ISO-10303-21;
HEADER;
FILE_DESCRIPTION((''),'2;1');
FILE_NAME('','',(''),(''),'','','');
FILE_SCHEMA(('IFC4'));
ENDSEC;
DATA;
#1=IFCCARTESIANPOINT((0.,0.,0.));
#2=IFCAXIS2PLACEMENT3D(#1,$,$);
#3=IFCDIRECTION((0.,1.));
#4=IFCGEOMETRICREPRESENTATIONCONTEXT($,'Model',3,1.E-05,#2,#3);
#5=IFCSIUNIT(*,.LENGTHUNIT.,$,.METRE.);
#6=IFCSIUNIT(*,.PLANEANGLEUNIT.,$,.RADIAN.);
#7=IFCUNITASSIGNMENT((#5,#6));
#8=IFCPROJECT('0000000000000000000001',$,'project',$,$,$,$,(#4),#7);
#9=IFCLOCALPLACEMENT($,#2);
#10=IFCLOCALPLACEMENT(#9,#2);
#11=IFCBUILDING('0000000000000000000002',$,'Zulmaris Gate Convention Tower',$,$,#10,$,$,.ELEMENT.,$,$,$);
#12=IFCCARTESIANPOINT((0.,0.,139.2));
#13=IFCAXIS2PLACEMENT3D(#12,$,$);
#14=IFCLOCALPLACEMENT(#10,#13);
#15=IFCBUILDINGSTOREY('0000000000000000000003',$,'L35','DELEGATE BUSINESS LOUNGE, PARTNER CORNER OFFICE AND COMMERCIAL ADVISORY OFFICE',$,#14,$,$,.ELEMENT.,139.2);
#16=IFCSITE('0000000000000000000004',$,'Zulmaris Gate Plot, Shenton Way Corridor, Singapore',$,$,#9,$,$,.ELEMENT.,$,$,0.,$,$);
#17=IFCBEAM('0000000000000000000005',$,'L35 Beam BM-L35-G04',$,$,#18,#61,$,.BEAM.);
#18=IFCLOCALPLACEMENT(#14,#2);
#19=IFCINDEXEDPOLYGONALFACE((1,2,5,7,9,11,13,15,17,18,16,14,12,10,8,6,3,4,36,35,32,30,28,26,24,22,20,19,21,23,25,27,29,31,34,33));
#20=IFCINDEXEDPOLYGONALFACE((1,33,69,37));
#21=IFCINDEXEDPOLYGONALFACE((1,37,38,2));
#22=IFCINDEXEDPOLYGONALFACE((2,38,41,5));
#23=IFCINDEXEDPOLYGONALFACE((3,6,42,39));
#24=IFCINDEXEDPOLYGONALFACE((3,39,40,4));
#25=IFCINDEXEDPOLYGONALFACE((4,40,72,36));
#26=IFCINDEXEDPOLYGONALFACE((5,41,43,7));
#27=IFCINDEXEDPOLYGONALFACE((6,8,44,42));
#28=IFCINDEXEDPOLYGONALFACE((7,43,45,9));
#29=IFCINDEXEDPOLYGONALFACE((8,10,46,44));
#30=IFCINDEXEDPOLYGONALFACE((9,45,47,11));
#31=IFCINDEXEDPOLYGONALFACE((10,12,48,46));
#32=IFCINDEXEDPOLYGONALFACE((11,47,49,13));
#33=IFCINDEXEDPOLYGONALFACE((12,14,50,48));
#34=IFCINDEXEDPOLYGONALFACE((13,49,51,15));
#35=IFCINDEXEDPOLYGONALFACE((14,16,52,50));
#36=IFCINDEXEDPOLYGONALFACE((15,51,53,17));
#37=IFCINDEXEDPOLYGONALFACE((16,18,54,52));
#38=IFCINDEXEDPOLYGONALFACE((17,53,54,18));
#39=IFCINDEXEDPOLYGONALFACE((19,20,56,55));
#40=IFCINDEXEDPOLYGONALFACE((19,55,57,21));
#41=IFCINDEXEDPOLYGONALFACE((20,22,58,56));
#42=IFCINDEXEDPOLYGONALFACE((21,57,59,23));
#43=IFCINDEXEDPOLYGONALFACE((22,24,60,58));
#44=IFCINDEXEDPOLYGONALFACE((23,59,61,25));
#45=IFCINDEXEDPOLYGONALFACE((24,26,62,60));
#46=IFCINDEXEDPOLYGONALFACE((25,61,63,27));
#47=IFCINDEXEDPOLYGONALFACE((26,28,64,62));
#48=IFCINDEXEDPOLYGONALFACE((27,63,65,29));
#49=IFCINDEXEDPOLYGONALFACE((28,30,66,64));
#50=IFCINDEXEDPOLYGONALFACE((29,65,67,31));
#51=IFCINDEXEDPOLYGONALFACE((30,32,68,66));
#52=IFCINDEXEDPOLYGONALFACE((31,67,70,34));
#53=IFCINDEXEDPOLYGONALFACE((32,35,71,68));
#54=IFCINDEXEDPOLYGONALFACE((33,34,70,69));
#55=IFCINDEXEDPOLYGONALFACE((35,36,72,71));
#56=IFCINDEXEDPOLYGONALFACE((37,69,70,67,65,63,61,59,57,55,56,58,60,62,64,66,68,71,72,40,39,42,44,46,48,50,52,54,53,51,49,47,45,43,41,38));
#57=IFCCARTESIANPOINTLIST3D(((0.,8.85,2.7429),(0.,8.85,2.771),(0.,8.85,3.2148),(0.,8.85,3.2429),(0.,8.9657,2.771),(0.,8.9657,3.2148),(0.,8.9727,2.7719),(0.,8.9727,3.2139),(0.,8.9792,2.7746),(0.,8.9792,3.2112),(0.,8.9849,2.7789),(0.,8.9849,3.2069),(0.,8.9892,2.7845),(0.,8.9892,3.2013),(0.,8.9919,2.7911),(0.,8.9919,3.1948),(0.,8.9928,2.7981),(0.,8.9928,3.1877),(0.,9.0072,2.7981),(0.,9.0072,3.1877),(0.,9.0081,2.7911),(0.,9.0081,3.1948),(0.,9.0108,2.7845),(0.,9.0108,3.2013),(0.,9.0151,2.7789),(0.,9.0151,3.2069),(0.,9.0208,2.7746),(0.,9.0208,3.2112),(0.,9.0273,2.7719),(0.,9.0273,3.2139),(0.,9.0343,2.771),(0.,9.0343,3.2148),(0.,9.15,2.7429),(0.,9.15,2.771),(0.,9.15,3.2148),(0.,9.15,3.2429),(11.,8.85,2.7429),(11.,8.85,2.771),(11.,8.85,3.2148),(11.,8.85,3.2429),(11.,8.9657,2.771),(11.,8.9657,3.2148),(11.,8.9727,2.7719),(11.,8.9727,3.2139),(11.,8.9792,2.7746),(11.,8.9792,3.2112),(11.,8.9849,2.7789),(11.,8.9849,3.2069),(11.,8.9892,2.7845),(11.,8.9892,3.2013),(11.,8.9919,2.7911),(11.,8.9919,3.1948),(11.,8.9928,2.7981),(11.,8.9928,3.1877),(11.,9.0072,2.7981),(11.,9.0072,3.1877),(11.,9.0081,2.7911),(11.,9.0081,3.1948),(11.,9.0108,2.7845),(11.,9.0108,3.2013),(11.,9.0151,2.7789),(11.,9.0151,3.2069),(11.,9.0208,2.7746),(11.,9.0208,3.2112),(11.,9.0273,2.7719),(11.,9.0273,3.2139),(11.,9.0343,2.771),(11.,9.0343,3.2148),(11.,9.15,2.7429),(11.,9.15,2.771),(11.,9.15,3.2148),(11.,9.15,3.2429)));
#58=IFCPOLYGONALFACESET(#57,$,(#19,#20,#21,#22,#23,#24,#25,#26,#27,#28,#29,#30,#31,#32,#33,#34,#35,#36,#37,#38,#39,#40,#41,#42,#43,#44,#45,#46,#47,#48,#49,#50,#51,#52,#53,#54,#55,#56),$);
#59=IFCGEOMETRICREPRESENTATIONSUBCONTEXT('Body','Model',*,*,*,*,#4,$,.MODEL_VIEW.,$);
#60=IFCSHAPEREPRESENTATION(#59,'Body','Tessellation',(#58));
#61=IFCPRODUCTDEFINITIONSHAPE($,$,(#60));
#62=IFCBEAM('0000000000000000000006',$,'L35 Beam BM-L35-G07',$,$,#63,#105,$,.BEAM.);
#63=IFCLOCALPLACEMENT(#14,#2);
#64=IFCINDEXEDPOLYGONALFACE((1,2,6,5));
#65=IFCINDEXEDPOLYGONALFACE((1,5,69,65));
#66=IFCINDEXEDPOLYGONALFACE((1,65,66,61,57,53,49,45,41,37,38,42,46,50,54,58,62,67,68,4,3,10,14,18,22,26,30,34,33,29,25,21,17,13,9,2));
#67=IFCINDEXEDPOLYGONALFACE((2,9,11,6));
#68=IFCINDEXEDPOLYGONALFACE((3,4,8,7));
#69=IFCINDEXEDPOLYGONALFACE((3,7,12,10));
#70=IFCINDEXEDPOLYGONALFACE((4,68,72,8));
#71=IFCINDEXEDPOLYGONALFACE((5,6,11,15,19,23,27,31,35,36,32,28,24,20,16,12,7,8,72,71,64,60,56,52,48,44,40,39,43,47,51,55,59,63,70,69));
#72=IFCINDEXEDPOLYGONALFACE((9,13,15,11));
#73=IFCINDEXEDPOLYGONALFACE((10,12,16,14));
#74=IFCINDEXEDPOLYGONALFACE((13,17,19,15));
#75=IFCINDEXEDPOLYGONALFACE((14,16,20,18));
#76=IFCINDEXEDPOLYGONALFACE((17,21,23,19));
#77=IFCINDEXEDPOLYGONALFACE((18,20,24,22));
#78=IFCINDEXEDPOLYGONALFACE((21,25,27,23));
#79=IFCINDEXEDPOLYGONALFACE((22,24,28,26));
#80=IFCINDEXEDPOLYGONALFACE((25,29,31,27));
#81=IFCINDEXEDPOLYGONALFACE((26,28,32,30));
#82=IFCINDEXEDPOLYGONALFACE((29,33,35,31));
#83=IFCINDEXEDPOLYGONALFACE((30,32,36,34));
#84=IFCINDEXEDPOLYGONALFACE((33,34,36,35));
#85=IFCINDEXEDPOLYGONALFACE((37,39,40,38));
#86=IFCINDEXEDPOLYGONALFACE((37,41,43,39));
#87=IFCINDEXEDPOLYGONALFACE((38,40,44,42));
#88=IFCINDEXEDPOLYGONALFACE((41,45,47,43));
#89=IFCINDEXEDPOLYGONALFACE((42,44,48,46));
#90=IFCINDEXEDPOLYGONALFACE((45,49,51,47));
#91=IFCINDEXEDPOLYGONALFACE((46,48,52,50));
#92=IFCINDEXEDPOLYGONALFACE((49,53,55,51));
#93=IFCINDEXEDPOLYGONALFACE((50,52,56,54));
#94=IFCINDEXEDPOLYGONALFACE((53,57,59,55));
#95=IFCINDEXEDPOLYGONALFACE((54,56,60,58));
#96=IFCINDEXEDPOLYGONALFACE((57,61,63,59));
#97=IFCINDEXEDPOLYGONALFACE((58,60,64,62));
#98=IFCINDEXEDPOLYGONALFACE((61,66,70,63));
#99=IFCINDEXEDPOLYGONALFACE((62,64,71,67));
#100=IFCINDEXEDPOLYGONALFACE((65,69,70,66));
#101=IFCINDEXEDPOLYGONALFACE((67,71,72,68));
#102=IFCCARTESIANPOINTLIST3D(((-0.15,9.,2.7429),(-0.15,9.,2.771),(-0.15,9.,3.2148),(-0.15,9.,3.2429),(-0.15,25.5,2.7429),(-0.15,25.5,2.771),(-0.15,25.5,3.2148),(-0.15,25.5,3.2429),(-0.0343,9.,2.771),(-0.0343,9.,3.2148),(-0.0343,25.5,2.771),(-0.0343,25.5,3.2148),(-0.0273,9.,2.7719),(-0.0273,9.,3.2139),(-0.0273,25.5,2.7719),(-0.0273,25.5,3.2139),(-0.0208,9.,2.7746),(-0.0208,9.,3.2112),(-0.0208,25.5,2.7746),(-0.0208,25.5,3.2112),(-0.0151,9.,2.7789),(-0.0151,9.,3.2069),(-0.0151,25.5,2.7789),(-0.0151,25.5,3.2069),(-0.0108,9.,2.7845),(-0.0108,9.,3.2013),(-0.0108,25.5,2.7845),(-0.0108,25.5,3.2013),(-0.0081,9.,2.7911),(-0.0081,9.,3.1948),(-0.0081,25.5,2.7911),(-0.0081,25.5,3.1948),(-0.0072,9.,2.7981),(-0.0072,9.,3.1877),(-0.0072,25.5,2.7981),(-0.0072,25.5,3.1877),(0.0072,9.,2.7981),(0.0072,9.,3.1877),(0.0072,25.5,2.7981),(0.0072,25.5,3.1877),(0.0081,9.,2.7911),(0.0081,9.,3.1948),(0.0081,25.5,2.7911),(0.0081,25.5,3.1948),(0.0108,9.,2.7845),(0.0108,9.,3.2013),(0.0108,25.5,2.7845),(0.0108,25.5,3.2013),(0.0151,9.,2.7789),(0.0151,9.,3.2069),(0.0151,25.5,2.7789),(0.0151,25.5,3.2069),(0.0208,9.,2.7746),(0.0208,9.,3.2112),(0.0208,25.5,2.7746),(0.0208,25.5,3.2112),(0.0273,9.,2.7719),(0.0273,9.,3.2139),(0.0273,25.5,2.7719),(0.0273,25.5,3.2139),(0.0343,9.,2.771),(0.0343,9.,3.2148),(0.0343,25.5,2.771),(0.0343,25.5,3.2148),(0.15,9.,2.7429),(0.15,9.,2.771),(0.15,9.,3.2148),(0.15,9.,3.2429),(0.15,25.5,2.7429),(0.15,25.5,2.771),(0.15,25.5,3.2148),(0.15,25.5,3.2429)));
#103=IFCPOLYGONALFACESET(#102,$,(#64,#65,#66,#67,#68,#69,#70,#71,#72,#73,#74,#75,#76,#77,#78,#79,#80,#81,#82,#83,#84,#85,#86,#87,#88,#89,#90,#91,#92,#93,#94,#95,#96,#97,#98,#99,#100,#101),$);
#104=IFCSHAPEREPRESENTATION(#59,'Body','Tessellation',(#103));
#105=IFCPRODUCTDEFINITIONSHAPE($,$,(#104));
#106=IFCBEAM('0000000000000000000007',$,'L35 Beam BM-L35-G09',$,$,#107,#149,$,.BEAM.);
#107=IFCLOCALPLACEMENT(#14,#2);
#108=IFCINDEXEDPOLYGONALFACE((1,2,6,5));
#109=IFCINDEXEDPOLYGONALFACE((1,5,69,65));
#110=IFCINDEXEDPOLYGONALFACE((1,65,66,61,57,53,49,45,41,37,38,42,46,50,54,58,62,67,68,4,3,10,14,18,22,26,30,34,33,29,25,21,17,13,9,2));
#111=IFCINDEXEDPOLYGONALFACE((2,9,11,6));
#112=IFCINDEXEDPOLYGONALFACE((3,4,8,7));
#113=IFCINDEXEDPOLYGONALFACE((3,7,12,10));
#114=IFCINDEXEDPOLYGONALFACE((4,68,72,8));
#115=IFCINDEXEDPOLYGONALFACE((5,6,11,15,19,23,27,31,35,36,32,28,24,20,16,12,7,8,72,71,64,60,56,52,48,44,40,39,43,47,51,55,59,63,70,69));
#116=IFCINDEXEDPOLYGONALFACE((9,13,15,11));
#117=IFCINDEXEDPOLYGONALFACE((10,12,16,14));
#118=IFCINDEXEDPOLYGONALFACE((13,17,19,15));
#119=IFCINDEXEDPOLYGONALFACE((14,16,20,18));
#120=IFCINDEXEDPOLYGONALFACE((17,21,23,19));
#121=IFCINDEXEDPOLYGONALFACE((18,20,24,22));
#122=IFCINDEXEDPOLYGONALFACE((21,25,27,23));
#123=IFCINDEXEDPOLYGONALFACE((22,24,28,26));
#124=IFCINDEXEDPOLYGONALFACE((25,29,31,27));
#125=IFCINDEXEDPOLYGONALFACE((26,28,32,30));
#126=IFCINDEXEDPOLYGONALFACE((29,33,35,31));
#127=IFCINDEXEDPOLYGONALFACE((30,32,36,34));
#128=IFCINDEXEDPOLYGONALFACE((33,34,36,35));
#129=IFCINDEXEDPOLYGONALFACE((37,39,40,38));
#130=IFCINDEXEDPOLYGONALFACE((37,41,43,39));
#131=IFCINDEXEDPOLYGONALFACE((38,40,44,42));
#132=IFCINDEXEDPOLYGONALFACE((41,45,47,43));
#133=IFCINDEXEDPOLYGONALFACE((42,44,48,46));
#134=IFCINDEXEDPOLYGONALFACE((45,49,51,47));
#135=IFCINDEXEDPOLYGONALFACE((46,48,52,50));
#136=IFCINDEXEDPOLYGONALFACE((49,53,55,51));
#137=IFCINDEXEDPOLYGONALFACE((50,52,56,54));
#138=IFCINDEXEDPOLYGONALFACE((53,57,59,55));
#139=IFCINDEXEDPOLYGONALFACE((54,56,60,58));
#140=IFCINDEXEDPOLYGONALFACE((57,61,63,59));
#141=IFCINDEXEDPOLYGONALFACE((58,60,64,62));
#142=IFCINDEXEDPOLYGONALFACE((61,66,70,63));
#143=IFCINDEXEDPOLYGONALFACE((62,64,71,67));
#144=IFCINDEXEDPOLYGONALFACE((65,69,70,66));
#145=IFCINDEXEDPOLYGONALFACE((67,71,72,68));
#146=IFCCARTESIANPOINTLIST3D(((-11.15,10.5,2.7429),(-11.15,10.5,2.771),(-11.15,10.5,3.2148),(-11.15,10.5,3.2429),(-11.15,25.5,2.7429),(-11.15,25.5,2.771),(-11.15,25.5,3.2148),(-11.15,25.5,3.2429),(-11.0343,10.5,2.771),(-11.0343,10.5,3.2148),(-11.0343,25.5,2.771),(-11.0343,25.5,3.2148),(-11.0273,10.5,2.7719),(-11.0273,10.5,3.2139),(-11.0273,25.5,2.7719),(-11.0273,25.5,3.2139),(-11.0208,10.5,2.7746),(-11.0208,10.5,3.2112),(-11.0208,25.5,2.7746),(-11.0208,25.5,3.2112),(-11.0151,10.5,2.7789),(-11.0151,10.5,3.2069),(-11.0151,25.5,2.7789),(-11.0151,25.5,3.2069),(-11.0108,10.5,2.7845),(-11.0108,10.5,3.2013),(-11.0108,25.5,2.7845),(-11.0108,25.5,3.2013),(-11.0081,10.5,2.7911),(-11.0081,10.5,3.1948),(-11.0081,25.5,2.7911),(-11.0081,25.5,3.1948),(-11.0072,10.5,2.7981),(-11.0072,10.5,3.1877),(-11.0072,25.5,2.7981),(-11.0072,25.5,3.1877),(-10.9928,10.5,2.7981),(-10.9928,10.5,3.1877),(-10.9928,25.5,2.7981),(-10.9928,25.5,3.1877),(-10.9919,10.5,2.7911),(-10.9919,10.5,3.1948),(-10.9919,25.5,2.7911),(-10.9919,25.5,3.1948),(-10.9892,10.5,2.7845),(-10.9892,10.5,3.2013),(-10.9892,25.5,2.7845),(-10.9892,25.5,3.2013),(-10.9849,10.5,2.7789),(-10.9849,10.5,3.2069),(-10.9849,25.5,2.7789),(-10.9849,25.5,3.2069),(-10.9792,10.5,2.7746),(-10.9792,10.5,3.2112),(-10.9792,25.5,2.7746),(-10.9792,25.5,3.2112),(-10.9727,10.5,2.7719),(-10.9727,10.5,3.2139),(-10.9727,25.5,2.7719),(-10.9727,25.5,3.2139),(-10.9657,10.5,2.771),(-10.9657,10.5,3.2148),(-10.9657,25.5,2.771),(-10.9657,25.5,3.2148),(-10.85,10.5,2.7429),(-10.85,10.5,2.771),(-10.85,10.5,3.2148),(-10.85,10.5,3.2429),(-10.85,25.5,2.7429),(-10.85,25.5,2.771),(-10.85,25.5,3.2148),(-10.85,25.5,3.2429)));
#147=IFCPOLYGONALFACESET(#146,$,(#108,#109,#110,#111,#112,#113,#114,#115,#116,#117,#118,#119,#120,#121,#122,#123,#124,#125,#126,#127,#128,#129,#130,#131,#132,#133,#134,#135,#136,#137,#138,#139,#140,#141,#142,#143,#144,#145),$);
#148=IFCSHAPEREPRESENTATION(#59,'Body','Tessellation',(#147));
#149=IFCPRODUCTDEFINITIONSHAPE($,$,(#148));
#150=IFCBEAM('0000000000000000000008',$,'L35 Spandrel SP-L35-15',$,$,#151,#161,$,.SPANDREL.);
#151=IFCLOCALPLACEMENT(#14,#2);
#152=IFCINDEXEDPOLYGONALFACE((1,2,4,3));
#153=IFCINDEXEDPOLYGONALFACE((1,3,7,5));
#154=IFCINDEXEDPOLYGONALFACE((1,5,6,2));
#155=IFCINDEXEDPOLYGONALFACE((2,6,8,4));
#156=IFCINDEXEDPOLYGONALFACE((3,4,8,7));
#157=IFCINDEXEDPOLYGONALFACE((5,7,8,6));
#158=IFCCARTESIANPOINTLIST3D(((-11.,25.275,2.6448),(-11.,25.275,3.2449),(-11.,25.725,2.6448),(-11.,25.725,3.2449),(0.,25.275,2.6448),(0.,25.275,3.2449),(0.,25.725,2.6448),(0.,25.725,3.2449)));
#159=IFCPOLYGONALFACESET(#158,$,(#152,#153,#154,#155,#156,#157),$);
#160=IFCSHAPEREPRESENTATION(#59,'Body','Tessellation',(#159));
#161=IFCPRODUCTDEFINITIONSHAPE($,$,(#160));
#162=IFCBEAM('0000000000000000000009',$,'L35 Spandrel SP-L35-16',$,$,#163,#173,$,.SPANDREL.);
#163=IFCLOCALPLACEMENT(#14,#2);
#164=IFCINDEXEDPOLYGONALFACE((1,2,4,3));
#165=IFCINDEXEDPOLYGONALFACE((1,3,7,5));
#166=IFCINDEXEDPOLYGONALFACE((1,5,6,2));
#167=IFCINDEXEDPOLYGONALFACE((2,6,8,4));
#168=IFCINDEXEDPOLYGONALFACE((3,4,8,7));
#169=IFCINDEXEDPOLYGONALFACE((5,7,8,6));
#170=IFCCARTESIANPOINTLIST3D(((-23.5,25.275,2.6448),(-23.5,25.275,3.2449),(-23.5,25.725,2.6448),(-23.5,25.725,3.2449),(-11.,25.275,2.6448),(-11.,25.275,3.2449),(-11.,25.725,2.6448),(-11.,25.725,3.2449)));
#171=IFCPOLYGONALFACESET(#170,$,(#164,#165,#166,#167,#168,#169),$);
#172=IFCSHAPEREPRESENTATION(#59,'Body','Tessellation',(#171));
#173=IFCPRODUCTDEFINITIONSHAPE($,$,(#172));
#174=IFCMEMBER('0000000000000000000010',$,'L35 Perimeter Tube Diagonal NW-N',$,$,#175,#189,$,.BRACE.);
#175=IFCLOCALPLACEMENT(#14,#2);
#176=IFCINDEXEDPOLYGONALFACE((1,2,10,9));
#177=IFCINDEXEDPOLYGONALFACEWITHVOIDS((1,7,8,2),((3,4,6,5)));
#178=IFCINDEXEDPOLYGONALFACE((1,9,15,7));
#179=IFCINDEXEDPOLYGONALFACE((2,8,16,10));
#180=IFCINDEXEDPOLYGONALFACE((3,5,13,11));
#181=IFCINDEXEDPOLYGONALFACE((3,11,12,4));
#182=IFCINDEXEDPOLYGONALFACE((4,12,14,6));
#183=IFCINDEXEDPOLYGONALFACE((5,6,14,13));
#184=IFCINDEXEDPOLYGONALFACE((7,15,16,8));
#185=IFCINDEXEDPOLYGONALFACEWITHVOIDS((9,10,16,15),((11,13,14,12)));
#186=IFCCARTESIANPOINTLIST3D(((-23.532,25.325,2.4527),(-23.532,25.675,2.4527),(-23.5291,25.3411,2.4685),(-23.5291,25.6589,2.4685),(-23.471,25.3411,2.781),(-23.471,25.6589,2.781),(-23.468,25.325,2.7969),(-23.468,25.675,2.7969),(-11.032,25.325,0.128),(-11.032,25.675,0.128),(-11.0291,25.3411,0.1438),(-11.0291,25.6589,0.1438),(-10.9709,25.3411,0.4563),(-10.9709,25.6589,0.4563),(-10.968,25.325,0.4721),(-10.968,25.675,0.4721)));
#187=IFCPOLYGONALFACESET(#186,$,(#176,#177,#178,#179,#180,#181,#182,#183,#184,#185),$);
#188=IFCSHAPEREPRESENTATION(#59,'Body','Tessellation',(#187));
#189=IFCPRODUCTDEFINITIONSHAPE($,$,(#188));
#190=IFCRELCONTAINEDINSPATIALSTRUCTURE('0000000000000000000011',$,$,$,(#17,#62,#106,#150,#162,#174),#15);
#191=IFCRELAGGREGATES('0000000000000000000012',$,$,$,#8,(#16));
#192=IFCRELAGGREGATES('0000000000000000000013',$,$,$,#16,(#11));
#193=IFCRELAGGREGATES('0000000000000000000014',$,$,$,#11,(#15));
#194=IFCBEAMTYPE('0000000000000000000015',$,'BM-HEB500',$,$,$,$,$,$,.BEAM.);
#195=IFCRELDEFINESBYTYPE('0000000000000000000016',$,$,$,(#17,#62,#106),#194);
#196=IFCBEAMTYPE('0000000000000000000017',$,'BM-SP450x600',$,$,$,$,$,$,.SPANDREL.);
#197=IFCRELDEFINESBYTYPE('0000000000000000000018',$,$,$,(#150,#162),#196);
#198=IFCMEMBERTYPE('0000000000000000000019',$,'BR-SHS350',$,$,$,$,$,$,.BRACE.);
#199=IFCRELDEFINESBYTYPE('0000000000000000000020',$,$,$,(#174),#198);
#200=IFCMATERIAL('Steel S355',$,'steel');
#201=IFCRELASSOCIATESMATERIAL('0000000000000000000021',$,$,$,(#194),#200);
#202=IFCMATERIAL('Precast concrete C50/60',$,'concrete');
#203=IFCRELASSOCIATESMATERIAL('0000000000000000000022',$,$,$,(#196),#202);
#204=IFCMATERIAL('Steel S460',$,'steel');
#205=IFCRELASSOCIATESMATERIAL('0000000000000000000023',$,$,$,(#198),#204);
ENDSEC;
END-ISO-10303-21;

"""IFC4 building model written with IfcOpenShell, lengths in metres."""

from ifc_helpers import new_model, si_unit, direction, frame, origin, origin_2d, place, context, subcontext, project, spatial, rectangle, hollow_rectangle, i_section, extrude, material, material_profile, profile_set, type_object, element, save


model = new_model("IFC4")

# Units and contexts
model_context = context("Model", 3, precision=1e-05, world=origin(), true_north=direction((0.0, 1.0)))
body_context = subcontext(model_context, "Body", "Model", "MODEL_VIEW")
ifc_project = project(units=[si_unit("LENGTHUNIT", "METRE"), si_unit("PLANEANGLEUNIT", "RADIAN")], contexts=[model_context])

# Site, building, storey
site_placement = place(None, origin())
site = spatial("IfcSite", under=ifc_project, at=site_placement, Name="Zulmaris Gate Plot, Shenton Way Corridor, Singapore", CompositionType="ELEMENT", RefElevation=0.0)
building_placement = place(site_placement, origin())
building = spatial("IfcBuilding", under=site, at=building_placement, Name="Zulmaris Gate Convention Tower", CompositionType="ELEMENT")
storey_placement = place(building_placement, frame((0.0, 0.0, 139.2)))
storey = spatial("IfcBuildingStorey", under=building, at=storey_placement, Name="L35", Description="DELEGATE BUSINESS LOUNGE, PARTNER CORNER OFFICE AND COMMERCIAL ADVISORY OFFICE", CompositionType="ELEMENT", Elevation=139.2)

# Beams
ifc_material_1 = material(Name="Steel S355", Category="steel")
ifc_material_profile_1 = material_profile(ifc_material_1, i_section(OverallWidth=0.3, OverallDepth=0.5, WebThickness=0.0144, FlangeThickness=0.0281, FilletRadius=0.0271, at=origin_2d()), Name="HEB 500")
ifc_profile_set_1 = profile_set([ifc_material_profile_1], Name="Steel S355")
beam_type_1 = type_object("IfcBeamType", Name="BM-HEB500", PredefinedType="BEAM", material=ifc_profile_set_1)
for number, where, z_axis, x_axis, name in (
    (1, (0.0, 9.0, 2.9929), (1.0, 0.0, 0.0), (0.0, 1.0, 0.0), "L35 Beam BM-L35-G04"),
):
    element("IfcBeam", number, at=place(storey_placement, frame(where, z_axis=z_axis, x_axis=x_axis)), inside=storey, type_object=beam_type_1, Name=name, PredefinedType="BEAM", context=body_context, shape_type="SweptSolid", body=[
        extrude(i_section(OverallWidth=0.3, OverallDepth=0.5, WebThickness=0.0144, FlangeThickness=0.0281, FilletRadius=0.0271, at=origin_2d()), origin(), (0.0, 0.0, 1.0), 11.0),
    ])
beam_1_placement = place(storey_placement, frame((0.0, 9.0, 2.9929), z_axis=(0.0, 1.0, 0.0), x_axis=(-1.0, 0.0, 0.0)))
element("IfcBeam", 2, at=beam_1_placement, inside=storey, type_object=beam_type_1, Name="L35 Beam BM-L35-G07", PredefinedType="BEAM", context=body_context, shape_type="SweptSolid", body=[
    extrude(i_section(OverallWidth=0.3, OverallDepth=0.5, WebThickness=0.0144, FlangeThickness=0.0281, FilletRadius=0.0271, at=origin_2d()), origin(), (0.0, 0.0, 1.0), 16.5),
])
beam_2_placement = place(storey_placement, frame((-11.0, 10.5, 2.9929), z_axis=(0.0, 1.0, 0.0), x_axis=(-1.0, 0.0, 0.0)))
element("IfcBeam", 3, at=beam_2_placement, inside=storey, type_object=beam_type_1, Name="L35 Beam BM-L35-G09", PredefinedType="BEAM", context=body_context, shape_type="SweptSolid", body=[
    extrude(i_section(OverallWidth=0.3, OverallDepth=0.5, WebThickness=0.0144, FlangeThickness=0.0281, FilletRadius=0.0271, at=origin_2d()), origin(), (0.0, 0.0, 1.0), 15.0),
])
ifc_material_2 = material(Name="Precast concrete C50/60", Category="concrete")
ifc_material_profile_2 = material_profile(ifc_material_2, rectangle(XDim=0.45, YDim=0.6001, at=origin_2d()), Name="RC SPANDREL 450x600")
ifc_profile_set_2 = profile_set([ifc_material_profile_2], Name="Precast concrete C50/60")
beam_type_2 = type_object("IfcBeamType", Name="BM-SP450x600", PredefinedType="SPANDREL", material=ifc_profile_set_2)
beam_3_placement = place(storey_placement, frame((0.0, 25.5, 2.9448), z_axis=(-1.0, 0.0, 0.0), x_axis=(0.0, -1.0, 0.0)))
element("IfcBeam", 4, at=beam_3_placement, inside=storey, type_object=beam_type_2, Name="L35 Spandrel SP-L35-15", PredefinedType="SPANDREL", context=body_context, shape_type="SweptSolid", body=[
    extrude(rectangle(XDim=0.45, YDim=0.6001, at=origin_2d()), origin(), (0.0, 0.0, 1.0), 11.0),
])
beam_4_placement = place(storey_placement, frame((-11.0, 25.5, 2.9448), z_axis=(-1.0, 0.0, 0.0), x_axis=(0.0, -1.0, 0.0)))
element("IfcBeam", 5, at=beam_4_placement, inside=storey, type_object=beam_type_2, Name="L35 Spandrel SP-L35-16", PredefinedType="SPANDREL", context=body_context, shape_type="SweptSolid", body=[
    extrude(rectangle(XDim=0.45, YDim=0.6001, at=origin_2d()), origin(), (0.0, 0.0, 1.0), 12.5),
])

# Member
ifc_material_3 = material(Name="Steel S460", Category="steel")
ifc_material_profile_3 = material_profile(ifc_material_3, hollow_rectangle(XDim=0.3501, YDim=0.3501, WallThickness=0.0161, at=origin_2d()), Name="SHS 350x350x16")
ifc_profile_set_3 = profile_set([ifc_material_profile_3], Name="Steel S460")
member_type = type_object("IfcMemberType", Name="BR-SHS350", PredefinedType="BRACE", material=ifc_profile_set_3)
member_placement = place(storey_placement, frame((-11.0, 25.5, 0.3), z_axis=(-0.983142, 0.0, 0.182841), x_axis=(0.0, -1.0, 0.0)))
element("IfcMember", 6, at=member_placement, inside=storey, type_object=member_type, Name="L35 Perimeter Tube Diagonal NW-N", PredefinedType="BRACE", context=body_context, shape_type="SweptSolid", body=[
    extrude(hollow_rectangle(XDim=0.3501, YDim=0.3501, WallThickness=0.0161, at=origin_2d()), origin(), (0.0, 0.0, 1.0), 12.7144),
])

save(model, "model.ifc")
